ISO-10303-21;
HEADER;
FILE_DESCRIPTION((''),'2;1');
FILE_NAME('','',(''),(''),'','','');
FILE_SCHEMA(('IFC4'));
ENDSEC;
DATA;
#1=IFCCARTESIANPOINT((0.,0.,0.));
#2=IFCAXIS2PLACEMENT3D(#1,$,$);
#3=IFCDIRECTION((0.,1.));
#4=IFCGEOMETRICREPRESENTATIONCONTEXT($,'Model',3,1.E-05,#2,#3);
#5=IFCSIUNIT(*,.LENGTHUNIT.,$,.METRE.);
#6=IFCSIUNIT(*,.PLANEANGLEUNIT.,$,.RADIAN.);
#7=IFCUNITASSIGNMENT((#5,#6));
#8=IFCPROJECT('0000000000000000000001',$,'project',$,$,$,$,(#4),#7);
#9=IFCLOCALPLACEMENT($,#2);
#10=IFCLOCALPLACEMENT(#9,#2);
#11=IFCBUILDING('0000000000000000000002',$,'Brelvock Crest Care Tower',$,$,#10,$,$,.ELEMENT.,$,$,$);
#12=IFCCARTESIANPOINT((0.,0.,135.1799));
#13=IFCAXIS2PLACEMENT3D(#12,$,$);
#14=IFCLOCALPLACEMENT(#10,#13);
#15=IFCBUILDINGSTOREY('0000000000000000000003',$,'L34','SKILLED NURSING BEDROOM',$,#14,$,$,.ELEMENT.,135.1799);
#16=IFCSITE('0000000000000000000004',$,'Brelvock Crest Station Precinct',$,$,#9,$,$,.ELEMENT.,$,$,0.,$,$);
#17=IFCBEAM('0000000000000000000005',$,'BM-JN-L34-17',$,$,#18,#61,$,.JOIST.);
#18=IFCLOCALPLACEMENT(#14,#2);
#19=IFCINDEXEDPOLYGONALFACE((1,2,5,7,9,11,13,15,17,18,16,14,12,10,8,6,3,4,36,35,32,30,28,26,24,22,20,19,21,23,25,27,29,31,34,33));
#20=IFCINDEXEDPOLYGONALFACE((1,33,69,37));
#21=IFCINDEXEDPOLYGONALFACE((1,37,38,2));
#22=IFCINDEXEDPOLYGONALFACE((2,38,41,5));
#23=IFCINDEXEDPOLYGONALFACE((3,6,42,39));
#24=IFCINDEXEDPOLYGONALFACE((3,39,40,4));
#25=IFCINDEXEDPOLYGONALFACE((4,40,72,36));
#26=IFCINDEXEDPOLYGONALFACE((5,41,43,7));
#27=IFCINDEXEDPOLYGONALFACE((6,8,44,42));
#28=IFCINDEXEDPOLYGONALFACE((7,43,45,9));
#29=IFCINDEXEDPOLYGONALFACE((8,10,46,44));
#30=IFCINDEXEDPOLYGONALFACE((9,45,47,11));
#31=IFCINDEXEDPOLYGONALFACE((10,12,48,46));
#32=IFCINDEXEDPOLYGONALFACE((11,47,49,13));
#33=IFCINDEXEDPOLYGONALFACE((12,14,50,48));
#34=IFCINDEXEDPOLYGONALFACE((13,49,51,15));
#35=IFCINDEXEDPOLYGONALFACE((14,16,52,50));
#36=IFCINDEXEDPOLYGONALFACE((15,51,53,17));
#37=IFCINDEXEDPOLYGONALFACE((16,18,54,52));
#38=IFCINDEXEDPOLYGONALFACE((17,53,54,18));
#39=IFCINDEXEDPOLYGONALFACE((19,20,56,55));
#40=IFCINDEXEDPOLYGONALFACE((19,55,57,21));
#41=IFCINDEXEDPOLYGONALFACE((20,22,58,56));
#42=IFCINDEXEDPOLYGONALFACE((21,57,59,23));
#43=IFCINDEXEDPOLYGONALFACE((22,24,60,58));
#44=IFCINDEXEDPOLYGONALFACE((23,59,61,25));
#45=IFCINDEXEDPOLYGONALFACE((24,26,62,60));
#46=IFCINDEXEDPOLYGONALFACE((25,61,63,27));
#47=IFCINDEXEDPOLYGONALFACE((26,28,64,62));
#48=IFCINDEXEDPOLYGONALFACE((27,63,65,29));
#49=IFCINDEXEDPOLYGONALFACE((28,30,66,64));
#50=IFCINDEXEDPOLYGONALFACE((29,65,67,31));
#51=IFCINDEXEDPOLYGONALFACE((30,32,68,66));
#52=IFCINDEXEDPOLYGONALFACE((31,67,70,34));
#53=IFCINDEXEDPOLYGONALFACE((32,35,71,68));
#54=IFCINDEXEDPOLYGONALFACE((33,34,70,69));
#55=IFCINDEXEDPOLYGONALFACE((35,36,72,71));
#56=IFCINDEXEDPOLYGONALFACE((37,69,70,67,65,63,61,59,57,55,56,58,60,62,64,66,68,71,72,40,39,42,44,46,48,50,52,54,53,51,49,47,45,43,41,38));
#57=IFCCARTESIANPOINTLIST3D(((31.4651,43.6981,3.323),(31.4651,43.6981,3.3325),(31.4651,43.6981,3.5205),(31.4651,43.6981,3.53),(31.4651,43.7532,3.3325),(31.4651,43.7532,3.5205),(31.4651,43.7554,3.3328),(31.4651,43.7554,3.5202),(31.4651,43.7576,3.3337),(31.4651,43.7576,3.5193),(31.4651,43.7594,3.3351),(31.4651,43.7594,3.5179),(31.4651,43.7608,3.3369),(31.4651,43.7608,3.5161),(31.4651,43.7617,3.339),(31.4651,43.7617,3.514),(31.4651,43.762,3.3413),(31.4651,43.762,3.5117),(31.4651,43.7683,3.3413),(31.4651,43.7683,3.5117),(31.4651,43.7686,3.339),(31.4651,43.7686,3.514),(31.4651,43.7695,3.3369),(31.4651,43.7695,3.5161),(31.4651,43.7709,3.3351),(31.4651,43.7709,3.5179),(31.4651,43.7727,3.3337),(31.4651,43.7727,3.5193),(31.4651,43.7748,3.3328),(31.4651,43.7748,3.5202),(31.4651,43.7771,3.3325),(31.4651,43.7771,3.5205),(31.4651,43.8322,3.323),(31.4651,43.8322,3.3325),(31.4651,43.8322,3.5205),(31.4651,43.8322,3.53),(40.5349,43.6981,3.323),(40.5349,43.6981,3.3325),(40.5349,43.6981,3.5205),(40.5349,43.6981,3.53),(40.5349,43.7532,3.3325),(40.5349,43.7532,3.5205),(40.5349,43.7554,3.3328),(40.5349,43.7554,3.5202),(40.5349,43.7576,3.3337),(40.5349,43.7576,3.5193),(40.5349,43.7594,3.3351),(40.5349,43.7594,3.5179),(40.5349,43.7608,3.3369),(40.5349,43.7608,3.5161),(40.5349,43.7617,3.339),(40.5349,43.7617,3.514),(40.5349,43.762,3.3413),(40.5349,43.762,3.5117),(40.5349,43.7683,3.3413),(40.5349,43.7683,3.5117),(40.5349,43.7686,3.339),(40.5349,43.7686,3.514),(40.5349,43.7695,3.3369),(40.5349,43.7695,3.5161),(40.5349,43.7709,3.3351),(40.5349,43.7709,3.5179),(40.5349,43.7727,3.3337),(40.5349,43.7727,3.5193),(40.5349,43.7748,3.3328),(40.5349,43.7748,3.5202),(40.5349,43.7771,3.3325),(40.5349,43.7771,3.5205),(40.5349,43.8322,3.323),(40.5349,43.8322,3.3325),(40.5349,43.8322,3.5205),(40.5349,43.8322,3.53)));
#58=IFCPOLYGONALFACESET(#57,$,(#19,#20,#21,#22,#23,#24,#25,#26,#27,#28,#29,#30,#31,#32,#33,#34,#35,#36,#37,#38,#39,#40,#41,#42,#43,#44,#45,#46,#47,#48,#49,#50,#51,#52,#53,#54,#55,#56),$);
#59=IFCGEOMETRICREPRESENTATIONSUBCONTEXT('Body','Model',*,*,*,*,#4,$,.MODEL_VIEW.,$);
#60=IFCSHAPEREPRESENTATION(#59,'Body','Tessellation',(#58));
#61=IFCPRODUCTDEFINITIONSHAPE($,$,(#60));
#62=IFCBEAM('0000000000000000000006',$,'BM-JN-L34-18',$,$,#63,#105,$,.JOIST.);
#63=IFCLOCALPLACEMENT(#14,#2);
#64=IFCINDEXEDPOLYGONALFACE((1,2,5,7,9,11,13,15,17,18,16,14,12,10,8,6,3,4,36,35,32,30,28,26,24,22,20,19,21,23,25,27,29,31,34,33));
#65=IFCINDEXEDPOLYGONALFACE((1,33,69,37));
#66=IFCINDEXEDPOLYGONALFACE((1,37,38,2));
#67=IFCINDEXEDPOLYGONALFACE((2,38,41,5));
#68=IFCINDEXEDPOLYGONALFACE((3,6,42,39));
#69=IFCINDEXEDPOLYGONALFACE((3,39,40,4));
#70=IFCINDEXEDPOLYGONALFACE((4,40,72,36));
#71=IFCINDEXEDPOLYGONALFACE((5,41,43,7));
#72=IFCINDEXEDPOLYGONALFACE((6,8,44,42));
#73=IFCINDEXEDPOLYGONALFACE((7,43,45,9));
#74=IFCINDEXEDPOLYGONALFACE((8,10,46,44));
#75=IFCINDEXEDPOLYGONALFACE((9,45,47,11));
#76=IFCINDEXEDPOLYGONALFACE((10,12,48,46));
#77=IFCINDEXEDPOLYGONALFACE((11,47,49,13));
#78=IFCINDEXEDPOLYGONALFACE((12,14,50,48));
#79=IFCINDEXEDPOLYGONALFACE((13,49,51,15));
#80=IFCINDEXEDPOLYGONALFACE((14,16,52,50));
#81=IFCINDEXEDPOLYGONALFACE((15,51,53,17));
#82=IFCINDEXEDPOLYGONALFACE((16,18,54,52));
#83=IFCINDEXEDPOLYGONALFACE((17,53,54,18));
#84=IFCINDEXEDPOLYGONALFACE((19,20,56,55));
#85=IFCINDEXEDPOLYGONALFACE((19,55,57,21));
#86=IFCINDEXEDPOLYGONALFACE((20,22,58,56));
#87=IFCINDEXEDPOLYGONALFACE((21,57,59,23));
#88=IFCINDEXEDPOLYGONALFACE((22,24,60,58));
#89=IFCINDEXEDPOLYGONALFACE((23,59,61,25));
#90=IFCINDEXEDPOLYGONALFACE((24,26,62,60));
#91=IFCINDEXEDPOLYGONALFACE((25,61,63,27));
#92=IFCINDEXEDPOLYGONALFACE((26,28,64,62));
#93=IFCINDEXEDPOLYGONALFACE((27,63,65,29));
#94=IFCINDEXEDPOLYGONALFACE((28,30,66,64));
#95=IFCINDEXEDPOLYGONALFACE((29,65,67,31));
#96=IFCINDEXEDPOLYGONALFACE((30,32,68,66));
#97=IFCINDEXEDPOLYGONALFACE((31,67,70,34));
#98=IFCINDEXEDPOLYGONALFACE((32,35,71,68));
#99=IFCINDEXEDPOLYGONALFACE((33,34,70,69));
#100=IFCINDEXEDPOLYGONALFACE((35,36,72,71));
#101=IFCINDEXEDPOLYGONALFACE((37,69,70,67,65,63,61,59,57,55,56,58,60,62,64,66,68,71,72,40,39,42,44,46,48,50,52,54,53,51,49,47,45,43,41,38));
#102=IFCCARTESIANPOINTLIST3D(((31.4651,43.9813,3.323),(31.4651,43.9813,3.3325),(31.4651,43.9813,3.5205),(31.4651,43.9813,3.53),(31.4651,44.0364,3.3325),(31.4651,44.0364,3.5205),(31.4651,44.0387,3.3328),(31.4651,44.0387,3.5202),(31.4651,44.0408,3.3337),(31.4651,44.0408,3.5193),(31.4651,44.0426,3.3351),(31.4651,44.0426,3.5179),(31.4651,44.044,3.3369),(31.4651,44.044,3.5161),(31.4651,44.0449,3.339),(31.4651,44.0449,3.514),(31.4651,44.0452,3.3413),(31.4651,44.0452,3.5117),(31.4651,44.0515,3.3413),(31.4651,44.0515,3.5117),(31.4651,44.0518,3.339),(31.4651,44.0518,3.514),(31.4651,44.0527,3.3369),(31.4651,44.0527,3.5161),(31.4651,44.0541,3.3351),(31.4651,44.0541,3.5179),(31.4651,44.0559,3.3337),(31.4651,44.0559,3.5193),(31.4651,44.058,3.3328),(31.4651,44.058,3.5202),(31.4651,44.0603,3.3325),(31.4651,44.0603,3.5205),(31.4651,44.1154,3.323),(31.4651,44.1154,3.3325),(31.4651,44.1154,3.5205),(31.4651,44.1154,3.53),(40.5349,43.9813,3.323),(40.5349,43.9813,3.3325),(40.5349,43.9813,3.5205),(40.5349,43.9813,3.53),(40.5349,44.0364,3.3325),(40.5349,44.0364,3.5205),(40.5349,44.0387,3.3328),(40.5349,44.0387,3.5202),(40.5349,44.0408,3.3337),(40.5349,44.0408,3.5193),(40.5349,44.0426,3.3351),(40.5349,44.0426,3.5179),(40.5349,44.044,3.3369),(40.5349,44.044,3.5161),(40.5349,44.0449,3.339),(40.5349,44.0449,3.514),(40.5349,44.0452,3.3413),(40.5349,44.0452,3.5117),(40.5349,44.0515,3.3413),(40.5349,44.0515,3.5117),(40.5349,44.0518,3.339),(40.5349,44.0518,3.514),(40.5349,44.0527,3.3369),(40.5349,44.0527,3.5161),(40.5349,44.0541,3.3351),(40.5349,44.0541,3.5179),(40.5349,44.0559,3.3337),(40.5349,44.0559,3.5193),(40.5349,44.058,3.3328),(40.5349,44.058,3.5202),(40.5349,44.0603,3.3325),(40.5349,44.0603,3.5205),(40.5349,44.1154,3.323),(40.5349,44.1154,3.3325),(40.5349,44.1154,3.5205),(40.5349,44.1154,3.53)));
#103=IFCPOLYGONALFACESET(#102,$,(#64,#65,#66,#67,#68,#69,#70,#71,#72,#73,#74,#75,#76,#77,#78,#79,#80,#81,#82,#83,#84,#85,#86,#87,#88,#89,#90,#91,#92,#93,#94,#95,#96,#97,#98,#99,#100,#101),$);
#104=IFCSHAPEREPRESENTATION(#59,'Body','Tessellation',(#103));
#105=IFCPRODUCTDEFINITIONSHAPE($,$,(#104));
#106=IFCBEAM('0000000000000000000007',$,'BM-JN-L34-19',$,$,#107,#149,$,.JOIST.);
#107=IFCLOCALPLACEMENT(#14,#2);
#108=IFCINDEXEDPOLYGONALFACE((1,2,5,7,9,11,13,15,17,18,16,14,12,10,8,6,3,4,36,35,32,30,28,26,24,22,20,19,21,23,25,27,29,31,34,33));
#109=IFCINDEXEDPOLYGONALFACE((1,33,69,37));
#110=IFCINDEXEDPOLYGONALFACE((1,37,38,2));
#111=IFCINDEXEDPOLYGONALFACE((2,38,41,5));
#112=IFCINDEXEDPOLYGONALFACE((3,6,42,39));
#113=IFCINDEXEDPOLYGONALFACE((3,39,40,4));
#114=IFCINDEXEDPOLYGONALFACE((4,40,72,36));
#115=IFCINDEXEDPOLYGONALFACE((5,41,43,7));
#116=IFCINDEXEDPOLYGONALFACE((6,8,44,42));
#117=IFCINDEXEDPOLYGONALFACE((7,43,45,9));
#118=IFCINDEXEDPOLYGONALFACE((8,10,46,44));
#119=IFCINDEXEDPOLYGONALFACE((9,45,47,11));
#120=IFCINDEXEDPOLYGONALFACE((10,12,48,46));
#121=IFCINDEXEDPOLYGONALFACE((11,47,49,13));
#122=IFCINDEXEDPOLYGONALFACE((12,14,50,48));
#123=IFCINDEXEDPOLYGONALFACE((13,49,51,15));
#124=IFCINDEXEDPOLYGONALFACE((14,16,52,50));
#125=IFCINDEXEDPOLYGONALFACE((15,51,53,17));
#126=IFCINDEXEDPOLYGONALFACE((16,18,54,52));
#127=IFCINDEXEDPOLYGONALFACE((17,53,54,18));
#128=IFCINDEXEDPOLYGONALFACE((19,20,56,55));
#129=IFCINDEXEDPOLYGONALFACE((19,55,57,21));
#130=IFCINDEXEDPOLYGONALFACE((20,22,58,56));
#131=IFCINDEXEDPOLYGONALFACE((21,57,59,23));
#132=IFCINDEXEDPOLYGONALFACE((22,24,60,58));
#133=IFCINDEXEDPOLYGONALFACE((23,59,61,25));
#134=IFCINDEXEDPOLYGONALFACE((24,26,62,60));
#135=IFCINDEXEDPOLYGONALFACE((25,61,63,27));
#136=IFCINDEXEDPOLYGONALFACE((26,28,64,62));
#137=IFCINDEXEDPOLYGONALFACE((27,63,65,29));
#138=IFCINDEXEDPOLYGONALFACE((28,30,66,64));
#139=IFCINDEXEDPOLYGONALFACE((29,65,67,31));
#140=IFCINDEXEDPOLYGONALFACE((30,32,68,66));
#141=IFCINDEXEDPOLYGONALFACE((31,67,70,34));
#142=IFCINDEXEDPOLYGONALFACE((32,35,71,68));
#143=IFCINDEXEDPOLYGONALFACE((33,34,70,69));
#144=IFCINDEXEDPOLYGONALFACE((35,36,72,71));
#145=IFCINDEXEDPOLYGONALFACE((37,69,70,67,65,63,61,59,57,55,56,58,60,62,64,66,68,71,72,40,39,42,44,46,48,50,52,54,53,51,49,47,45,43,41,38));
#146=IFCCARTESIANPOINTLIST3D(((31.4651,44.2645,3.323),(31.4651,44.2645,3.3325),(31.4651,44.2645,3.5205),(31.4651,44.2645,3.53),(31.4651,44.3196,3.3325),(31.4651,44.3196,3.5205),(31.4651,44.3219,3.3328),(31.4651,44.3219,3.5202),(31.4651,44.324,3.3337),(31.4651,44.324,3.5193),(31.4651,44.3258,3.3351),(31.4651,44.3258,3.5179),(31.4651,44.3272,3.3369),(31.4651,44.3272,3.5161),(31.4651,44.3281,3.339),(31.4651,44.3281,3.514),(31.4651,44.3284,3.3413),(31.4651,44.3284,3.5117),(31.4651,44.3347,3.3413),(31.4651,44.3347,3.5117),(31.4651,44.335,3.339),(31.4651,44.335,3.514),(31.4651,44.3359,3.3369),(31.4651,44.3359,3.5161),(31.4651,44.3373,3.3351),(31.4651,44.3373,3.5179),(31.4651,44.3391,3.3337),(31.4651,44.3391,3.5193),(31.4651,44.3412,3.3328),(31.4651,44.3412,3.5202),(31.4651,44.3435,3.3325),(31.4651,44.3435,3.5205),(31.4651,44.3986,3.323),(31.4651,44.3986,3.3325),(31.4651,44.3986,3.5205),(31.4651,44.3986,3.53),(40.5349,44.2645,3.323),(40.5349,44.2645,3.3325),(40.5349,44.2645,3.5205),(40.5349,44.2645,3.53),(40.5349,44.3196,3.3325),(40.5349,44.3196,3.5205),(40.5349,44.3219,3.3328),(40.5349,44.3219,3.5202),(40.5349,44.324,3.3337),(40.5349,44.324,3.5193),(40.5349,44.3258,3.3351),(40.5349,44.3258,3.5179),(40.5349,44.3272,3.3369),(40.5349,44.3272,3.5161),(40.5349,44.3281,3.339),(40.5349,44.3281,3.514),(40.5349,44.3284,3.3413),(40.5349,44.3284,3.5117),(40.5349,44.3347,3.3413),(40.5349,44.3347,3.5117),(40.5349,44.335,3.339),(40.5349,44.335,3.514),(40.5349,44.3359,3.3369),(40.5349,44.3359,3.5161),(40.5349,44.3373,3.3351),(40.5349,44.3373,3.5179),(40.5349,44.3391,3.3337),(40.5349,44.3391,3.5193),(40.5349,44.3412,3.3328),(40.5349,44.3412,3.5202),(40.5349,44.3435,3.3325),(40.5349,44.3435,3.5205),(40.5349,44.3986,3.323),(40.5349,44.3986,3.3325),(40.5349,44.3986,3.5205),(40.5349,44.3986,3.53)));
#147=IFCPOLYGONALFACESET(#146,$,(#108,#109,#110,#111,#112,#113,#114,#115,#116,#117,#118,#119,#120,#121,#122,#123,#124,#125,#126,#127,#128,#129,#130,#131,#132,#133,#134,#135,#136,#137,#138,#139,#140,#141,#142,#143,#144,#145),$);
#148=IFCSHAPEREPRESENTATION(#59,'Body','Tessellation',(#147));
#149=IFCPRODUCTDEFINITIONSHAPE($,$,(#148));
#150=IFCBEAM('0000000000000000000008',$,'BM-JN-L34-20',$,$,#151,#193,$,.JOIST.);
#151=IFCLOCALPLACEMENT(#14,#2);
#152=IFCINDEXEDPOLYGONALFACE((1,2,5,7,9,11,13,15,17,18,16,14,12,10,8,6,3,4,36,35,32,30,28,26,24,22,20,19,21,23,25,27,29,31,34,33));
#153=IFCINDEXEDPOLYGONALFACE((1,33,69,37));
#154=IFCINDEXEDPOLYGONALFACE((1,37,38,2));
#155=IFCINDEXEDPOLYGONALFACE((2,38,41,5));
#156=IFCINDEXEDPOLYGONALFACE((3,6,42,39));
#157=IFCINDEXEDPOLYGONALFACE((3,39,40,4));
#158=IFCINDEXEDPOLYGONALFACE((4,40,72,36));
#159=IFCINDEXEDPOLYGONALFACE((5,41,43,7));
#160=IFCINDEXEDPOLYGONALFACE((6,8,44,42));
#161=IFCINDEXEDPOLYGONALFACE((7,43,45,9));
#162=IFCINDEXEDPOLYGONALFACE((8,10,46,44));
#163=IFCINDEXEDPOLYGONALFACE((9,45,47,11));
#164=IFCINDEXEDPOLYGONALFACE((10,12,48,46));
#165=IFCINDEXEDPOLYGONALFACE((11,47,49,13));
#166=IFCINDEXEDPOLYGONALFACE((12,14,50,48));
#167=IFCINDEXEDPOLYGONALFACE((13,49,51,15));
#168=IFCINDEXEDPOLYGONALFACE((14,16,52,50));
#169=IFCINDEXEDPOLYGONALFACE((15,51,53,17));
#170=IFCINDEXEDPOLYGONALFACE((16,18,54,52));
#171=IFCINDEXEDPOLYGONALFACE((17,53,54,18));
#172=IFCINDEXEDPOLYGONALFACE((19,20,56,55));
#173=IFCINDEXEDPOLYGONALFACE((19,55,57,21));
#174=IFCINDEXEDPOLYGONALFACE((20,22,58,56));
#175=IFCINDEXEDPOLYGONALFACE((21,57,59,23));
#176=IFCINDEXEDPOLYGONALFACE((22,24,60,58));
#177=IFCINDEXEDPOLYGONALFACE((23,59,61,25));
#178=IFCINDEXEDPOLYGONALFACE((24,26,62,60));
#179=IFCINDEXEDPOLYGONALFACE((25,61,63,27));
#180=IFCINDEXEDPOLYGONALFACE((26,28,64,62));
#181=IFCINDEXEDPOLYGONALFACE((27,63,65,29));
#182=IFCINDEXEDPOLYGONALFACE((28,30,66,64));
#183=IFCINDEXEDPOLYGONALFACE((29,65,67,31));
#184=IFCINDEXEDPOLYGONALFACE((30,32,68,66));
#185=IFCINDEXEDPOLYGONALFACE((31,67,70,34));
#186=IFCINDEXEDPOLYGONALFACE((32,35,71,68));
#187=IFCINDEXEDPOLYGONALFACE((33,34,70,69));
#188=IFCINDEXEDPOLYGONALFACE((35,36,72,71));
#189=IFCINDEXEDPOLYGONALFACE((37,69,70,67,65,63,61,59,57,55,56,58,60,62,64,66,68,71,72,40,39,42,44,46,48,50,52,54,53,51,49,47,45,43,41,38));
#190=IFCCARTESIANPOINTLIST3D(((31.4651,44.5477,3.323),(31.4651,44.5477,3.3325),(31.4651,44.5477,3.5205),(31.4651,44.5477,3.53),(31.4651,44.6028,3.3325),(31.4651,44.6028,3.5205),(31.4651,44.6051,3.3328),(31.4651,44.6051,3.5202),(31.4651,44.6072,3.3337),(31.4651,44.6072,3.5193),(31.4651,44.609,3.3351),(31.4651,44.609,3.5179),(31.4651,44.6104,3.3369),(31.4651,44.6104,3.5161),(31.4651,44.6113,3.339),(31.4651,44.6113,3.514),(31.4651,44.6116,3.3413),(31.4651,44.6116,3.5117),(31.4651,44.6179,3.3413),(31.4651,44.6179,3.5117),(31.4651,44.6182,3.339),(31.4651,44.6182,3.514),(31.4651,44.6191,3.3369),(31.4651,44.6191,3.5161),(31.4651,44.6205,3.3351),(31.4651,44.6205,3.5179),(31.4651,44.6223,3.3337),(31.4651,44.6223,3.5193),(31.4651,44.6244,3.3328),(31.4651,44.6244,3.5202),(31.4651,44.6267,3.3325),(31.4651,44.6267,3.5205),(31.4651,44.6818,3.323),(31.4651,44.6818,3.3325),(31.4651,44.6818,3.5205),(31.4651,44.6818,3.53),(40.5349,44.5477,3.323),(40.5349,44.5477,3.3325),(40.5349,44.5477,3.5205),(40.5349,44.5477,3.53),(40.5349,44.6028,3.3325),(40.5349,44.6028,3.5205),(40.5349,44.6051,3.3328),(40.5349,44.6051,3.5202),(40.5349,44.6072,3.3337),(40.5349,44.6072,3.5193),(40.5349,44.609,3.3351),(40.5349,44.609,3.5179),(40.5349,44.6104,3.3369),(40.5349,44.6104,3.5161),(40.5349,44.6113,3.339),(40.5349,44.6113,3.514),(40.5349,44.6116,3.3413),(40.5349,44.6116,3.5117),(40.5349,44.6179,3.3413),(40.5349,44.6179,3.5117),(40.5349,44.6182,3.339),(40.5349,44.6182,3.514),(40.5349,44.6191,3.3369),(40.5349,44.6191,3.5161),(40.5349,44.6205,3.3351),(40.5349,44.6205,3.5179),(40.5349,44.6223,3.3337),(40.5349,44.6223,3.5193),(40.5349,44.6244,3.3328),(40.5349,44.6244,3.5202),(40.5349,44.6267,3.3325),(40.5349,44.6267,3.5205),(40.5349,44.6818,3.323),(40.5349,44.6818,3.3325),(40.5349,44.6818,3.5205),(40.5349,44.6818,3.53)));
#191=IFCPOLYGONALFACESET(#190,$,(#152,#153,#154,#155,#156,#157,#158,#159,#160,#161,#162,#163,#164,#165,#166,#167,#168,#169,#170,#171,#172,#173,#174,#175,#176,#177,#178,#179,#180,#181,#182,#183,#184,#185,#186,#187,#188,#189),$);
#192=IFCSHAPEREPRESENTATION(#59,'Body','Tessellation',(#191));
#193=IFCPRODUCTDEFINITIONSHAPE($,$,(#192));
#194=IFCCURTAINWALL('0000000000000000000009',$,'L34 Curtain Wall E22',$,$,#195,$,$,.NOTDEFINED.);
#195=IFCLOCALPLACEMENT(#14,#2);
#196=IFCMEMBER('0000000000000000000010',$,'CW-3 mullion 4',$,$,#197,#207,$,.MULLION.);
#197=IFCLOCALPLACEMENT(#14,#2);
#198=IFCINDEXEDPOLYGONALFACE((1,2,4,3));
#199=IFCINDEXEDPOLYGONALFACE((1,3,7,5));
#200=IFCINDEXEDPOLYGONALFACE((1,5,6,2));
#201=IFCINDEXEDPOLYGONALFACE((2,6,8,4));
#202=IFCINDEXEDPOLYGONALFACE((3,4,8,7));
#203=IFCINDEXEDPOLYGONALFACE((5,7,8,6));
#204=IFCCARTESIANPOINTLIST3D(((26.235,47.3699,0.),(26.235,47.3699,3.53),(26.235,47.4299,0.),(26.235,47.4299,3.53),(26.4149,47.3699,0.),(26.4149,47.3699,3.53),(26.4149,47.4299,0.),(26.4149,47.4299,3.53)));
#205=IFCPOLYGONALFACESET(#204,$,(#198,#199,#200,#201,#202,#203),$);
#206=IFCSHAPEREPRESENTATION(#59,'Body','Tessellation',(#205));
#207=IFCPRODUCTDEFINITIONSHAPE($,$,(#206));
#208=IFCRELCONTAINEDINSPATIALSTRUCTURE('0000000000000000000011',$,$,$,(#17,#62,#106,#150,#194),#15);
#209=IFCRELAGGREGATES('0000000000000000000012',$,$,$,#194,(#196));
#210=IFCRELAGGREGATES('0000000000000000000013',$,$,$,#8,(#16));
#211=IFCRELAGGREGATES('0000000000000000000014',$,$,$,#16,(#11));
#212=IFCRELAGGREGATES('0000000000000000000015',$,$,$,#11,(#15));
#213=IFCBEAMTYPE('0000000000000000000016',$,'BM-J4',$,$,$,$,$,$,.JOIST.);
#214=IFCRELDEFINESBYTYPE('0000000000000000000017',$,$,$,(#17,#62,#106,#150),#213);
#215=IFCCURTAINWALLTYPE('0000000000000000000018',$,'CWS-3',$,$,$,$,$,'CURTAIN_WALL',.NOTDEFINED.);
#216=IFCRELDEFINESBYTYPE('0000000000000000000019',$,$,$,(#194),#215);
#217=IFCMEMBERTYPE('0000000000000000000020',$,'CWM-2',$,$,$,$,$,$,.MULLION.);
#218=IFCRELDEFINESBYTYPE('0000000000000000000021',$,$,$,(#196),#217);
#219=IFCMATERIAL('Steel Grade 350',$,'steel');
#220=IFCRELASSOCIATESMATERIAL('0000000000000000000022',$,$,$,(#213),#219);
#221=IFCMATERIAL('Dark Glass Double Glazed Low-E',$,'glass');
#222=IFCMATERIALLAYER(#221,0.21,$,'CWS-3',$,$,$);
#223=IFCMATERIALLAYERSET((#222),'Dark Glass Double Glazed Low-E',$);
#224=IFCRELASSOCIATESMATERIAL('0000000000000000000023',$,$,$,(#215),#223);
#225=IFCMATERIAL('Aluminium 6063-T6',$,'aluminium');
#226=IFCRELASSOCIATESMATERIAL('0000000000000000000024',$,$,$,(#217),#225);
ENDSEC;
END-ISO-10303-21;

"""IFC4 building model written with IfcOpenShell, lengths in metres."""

from ifc_helpers import new_model, si_unit, direction, frame, origin, origin_2d, place, context, subcontext, project, spatial, rectangle, i_section, extrude, source, transform, mapped, material, layer, layer_set, material_profile, profile_set, type_object, element, aggregate, save


model = new_model("IFC4")

# Units and contexts
model_context = context("Model", 3, precision=1e-05, world=origin(), true_north=direction((0.0, 1.0)))
body_context = subcontext(model_context, "Body", "Model", "MODEL_VIEW")
ifc_project = project(units=[si_unit("LENGTHUNIT", "METRE"), si_unit("PLANEANGLEUNIT", "RADIAN")], contexts=[model_context])

# Site, building, storey
site_placement = place(None, origin())
site = spatial("IfcSite", under=ifc_project, at=site_placement, Name="Brelvock Crest Station Precinct", CompositionType="ELEMENT", RefElevation=0.0)
building_placement = place(site_placement, origin())
building = spatial("IfcBuilding", under=site, at=building_placement, Name="Brelvock Crest Care Tower", CompositionType="ELEMENT")
storey_placement = place(building_placement, frame((0.0, 0.0, 135.1799)))
storey = spatial("IfcBuildingStorey", under=building, at=storey_placement, Name="L34", Description="SKILLED NURSING BEDROOM", CompositionType="ELEMENT", Elevation=135.1799)

# Shared definitions
ifc_material_1 = material(Name="Steel Grade 350", Category="steel")

# Beams
ifc_material_profile_1 = material_profile(ifc_material_1, i_section(OverallWidth=0.134, OverallDepth=0.207, WebThickness=0.0063, FlangeThickness=0.0095, FilletRadius=0.0088, at=origin_2d()), Name="200UB29.8")
ifc_profile_set_1 = profile_set([ifc_material_profile_1], Name="Steel Grade 350")
beam_type_1 = type_object("IfcBeamType", Name="BM-J4", PredefinedType="JOIST", material=ifc_profile_set_1)
shared_shape_1 = source(origin(), body_context, "Body", "SweptSolid", [
    extrude(i_section(OverallWidth=0.134, OverallDepth=0.207, WebThickness=0.0063, FlangeThickness=0.0095, FilletRadius=0.0088, at=origin_2d()), origin(), (0.0, 0.0, 1.0), 9.0698),
])
for number, where, z_axis, x_axis, name in (
    (1, (31.4651, 43.7651, 3.4265), (1.0, 0.0, 0.0), (0.0, 1.0, 0.0), "BM-JN-L34-17"),
    (2, (31.4651, 44.0483, 3.4265), (1.0, 0.0, 0.0), (0.0, 1.0, 0.0), "BM-JN-L34-18"),
    (3, (31.4651, 44.3315, 3.4265), (1.0, 0.0, 0.0), (0.0, 1.0, 0.0), "BM-JN-L34-19"),
    (4, (31.4651, 44.6147, 3.4265), (1.0, 0.0, 0.0), (0.0, 1.0, 0.0), "BM-JN-L34-20"),
):
    element("IfcBeam", number, at=place(storey_placement, frame(where, z_axis=z_axis, x_axis=x_axis)), inside=storey, type_object=beam_type_1, Name=name, PredefinedType="JOIST", context=body_context, shape_type="MappedRepresentation", body=[
        mapped(shared_shape_1, transform((0.0, 0.0, 0.0), x_axis=(1.0, 0.0, 0.0), y_axis=(0.0, 1.0, 0.0), z_axis=(0.0, 0.0, 1.0), scale=1.0)),
    ])

# Curtain wall, member
ifc_material_2 = material(Name="Dark Glass Double Glazed Low-E", Category="glass")
ifc_layer_1 = layer(ifc_material_2, 0.21, Name="CWS-3")
ifc_layer_set_1 = layer_set([ifc_layer_1], Name="Dark Glass Double Glazed Low-E")
curtain_wall_type = type_object("IfcCurtainWallType", Name="CWS-3", ElementType="CURTAIN_WALL", PredefinedType="NOTDEFINED", material=ifc_layer_set_1)
curtain_wall_placement = place(storey_placement, origin())
curtain_wall = element("IfcCurtainWall", 5, at=curtain_wall_placement, inside=storey, type_object=curtain_wall_type, Name="L34 Curtain Wall E22", PredefinedType="NOTDEFINED")
ifc_material_3 = material(Name="Aluminium 6063-T6", Category="aluminium")
ifc_material_profile_2 = material_profile(ifc_material_3, rectangle(XDim=0.0601, YDim=0.1799, at=origin_2d()), Name="ALU60x180")
ifc_profile_set_2 = profile_set([ifc_material_profile_2], Name="Aluminium 6063-T6")
member_type_1 = type_object("IfcMemberType", Name="CWM-2", PredefinedType="MULLION", material=ifc_profile_set_2)
shared_shape_2 = source(origin(), body_context, "Body", "SweptSolid", [
    extrude(rectangle(XDim=0.0601, YDim=0.1799, at=origin_2d()), origin(), (0.0, 0.0, 1.0), 3.53),
])
member_1_placement = place(storey_placement, frame((26.325, 47.3999, 0.0), z_axis=(0.0, 0.0, 1.0), x_axis=(0.0, 1.0, 0.0)))
member_1 = element("IfcMember", 6, at=member_1_placement, type_object=member_type_1, Name="CW-3 mullion 4", PredefinedType="MULLION", context=body_context, shape_type="MappedRepresentation", body=[
    mapped(shared_shape_2, transform((0.0, 0.0, 0.0), x_axis=(1.0, 0.0, 0.0), y_axis=(0.0, 1.0, 0.0), z_axis=(0.0, 0.0, 1.0), scale=1.0)),
])
aggregate(curtain_wall, [member_1])

save(model, "model.ifc")
